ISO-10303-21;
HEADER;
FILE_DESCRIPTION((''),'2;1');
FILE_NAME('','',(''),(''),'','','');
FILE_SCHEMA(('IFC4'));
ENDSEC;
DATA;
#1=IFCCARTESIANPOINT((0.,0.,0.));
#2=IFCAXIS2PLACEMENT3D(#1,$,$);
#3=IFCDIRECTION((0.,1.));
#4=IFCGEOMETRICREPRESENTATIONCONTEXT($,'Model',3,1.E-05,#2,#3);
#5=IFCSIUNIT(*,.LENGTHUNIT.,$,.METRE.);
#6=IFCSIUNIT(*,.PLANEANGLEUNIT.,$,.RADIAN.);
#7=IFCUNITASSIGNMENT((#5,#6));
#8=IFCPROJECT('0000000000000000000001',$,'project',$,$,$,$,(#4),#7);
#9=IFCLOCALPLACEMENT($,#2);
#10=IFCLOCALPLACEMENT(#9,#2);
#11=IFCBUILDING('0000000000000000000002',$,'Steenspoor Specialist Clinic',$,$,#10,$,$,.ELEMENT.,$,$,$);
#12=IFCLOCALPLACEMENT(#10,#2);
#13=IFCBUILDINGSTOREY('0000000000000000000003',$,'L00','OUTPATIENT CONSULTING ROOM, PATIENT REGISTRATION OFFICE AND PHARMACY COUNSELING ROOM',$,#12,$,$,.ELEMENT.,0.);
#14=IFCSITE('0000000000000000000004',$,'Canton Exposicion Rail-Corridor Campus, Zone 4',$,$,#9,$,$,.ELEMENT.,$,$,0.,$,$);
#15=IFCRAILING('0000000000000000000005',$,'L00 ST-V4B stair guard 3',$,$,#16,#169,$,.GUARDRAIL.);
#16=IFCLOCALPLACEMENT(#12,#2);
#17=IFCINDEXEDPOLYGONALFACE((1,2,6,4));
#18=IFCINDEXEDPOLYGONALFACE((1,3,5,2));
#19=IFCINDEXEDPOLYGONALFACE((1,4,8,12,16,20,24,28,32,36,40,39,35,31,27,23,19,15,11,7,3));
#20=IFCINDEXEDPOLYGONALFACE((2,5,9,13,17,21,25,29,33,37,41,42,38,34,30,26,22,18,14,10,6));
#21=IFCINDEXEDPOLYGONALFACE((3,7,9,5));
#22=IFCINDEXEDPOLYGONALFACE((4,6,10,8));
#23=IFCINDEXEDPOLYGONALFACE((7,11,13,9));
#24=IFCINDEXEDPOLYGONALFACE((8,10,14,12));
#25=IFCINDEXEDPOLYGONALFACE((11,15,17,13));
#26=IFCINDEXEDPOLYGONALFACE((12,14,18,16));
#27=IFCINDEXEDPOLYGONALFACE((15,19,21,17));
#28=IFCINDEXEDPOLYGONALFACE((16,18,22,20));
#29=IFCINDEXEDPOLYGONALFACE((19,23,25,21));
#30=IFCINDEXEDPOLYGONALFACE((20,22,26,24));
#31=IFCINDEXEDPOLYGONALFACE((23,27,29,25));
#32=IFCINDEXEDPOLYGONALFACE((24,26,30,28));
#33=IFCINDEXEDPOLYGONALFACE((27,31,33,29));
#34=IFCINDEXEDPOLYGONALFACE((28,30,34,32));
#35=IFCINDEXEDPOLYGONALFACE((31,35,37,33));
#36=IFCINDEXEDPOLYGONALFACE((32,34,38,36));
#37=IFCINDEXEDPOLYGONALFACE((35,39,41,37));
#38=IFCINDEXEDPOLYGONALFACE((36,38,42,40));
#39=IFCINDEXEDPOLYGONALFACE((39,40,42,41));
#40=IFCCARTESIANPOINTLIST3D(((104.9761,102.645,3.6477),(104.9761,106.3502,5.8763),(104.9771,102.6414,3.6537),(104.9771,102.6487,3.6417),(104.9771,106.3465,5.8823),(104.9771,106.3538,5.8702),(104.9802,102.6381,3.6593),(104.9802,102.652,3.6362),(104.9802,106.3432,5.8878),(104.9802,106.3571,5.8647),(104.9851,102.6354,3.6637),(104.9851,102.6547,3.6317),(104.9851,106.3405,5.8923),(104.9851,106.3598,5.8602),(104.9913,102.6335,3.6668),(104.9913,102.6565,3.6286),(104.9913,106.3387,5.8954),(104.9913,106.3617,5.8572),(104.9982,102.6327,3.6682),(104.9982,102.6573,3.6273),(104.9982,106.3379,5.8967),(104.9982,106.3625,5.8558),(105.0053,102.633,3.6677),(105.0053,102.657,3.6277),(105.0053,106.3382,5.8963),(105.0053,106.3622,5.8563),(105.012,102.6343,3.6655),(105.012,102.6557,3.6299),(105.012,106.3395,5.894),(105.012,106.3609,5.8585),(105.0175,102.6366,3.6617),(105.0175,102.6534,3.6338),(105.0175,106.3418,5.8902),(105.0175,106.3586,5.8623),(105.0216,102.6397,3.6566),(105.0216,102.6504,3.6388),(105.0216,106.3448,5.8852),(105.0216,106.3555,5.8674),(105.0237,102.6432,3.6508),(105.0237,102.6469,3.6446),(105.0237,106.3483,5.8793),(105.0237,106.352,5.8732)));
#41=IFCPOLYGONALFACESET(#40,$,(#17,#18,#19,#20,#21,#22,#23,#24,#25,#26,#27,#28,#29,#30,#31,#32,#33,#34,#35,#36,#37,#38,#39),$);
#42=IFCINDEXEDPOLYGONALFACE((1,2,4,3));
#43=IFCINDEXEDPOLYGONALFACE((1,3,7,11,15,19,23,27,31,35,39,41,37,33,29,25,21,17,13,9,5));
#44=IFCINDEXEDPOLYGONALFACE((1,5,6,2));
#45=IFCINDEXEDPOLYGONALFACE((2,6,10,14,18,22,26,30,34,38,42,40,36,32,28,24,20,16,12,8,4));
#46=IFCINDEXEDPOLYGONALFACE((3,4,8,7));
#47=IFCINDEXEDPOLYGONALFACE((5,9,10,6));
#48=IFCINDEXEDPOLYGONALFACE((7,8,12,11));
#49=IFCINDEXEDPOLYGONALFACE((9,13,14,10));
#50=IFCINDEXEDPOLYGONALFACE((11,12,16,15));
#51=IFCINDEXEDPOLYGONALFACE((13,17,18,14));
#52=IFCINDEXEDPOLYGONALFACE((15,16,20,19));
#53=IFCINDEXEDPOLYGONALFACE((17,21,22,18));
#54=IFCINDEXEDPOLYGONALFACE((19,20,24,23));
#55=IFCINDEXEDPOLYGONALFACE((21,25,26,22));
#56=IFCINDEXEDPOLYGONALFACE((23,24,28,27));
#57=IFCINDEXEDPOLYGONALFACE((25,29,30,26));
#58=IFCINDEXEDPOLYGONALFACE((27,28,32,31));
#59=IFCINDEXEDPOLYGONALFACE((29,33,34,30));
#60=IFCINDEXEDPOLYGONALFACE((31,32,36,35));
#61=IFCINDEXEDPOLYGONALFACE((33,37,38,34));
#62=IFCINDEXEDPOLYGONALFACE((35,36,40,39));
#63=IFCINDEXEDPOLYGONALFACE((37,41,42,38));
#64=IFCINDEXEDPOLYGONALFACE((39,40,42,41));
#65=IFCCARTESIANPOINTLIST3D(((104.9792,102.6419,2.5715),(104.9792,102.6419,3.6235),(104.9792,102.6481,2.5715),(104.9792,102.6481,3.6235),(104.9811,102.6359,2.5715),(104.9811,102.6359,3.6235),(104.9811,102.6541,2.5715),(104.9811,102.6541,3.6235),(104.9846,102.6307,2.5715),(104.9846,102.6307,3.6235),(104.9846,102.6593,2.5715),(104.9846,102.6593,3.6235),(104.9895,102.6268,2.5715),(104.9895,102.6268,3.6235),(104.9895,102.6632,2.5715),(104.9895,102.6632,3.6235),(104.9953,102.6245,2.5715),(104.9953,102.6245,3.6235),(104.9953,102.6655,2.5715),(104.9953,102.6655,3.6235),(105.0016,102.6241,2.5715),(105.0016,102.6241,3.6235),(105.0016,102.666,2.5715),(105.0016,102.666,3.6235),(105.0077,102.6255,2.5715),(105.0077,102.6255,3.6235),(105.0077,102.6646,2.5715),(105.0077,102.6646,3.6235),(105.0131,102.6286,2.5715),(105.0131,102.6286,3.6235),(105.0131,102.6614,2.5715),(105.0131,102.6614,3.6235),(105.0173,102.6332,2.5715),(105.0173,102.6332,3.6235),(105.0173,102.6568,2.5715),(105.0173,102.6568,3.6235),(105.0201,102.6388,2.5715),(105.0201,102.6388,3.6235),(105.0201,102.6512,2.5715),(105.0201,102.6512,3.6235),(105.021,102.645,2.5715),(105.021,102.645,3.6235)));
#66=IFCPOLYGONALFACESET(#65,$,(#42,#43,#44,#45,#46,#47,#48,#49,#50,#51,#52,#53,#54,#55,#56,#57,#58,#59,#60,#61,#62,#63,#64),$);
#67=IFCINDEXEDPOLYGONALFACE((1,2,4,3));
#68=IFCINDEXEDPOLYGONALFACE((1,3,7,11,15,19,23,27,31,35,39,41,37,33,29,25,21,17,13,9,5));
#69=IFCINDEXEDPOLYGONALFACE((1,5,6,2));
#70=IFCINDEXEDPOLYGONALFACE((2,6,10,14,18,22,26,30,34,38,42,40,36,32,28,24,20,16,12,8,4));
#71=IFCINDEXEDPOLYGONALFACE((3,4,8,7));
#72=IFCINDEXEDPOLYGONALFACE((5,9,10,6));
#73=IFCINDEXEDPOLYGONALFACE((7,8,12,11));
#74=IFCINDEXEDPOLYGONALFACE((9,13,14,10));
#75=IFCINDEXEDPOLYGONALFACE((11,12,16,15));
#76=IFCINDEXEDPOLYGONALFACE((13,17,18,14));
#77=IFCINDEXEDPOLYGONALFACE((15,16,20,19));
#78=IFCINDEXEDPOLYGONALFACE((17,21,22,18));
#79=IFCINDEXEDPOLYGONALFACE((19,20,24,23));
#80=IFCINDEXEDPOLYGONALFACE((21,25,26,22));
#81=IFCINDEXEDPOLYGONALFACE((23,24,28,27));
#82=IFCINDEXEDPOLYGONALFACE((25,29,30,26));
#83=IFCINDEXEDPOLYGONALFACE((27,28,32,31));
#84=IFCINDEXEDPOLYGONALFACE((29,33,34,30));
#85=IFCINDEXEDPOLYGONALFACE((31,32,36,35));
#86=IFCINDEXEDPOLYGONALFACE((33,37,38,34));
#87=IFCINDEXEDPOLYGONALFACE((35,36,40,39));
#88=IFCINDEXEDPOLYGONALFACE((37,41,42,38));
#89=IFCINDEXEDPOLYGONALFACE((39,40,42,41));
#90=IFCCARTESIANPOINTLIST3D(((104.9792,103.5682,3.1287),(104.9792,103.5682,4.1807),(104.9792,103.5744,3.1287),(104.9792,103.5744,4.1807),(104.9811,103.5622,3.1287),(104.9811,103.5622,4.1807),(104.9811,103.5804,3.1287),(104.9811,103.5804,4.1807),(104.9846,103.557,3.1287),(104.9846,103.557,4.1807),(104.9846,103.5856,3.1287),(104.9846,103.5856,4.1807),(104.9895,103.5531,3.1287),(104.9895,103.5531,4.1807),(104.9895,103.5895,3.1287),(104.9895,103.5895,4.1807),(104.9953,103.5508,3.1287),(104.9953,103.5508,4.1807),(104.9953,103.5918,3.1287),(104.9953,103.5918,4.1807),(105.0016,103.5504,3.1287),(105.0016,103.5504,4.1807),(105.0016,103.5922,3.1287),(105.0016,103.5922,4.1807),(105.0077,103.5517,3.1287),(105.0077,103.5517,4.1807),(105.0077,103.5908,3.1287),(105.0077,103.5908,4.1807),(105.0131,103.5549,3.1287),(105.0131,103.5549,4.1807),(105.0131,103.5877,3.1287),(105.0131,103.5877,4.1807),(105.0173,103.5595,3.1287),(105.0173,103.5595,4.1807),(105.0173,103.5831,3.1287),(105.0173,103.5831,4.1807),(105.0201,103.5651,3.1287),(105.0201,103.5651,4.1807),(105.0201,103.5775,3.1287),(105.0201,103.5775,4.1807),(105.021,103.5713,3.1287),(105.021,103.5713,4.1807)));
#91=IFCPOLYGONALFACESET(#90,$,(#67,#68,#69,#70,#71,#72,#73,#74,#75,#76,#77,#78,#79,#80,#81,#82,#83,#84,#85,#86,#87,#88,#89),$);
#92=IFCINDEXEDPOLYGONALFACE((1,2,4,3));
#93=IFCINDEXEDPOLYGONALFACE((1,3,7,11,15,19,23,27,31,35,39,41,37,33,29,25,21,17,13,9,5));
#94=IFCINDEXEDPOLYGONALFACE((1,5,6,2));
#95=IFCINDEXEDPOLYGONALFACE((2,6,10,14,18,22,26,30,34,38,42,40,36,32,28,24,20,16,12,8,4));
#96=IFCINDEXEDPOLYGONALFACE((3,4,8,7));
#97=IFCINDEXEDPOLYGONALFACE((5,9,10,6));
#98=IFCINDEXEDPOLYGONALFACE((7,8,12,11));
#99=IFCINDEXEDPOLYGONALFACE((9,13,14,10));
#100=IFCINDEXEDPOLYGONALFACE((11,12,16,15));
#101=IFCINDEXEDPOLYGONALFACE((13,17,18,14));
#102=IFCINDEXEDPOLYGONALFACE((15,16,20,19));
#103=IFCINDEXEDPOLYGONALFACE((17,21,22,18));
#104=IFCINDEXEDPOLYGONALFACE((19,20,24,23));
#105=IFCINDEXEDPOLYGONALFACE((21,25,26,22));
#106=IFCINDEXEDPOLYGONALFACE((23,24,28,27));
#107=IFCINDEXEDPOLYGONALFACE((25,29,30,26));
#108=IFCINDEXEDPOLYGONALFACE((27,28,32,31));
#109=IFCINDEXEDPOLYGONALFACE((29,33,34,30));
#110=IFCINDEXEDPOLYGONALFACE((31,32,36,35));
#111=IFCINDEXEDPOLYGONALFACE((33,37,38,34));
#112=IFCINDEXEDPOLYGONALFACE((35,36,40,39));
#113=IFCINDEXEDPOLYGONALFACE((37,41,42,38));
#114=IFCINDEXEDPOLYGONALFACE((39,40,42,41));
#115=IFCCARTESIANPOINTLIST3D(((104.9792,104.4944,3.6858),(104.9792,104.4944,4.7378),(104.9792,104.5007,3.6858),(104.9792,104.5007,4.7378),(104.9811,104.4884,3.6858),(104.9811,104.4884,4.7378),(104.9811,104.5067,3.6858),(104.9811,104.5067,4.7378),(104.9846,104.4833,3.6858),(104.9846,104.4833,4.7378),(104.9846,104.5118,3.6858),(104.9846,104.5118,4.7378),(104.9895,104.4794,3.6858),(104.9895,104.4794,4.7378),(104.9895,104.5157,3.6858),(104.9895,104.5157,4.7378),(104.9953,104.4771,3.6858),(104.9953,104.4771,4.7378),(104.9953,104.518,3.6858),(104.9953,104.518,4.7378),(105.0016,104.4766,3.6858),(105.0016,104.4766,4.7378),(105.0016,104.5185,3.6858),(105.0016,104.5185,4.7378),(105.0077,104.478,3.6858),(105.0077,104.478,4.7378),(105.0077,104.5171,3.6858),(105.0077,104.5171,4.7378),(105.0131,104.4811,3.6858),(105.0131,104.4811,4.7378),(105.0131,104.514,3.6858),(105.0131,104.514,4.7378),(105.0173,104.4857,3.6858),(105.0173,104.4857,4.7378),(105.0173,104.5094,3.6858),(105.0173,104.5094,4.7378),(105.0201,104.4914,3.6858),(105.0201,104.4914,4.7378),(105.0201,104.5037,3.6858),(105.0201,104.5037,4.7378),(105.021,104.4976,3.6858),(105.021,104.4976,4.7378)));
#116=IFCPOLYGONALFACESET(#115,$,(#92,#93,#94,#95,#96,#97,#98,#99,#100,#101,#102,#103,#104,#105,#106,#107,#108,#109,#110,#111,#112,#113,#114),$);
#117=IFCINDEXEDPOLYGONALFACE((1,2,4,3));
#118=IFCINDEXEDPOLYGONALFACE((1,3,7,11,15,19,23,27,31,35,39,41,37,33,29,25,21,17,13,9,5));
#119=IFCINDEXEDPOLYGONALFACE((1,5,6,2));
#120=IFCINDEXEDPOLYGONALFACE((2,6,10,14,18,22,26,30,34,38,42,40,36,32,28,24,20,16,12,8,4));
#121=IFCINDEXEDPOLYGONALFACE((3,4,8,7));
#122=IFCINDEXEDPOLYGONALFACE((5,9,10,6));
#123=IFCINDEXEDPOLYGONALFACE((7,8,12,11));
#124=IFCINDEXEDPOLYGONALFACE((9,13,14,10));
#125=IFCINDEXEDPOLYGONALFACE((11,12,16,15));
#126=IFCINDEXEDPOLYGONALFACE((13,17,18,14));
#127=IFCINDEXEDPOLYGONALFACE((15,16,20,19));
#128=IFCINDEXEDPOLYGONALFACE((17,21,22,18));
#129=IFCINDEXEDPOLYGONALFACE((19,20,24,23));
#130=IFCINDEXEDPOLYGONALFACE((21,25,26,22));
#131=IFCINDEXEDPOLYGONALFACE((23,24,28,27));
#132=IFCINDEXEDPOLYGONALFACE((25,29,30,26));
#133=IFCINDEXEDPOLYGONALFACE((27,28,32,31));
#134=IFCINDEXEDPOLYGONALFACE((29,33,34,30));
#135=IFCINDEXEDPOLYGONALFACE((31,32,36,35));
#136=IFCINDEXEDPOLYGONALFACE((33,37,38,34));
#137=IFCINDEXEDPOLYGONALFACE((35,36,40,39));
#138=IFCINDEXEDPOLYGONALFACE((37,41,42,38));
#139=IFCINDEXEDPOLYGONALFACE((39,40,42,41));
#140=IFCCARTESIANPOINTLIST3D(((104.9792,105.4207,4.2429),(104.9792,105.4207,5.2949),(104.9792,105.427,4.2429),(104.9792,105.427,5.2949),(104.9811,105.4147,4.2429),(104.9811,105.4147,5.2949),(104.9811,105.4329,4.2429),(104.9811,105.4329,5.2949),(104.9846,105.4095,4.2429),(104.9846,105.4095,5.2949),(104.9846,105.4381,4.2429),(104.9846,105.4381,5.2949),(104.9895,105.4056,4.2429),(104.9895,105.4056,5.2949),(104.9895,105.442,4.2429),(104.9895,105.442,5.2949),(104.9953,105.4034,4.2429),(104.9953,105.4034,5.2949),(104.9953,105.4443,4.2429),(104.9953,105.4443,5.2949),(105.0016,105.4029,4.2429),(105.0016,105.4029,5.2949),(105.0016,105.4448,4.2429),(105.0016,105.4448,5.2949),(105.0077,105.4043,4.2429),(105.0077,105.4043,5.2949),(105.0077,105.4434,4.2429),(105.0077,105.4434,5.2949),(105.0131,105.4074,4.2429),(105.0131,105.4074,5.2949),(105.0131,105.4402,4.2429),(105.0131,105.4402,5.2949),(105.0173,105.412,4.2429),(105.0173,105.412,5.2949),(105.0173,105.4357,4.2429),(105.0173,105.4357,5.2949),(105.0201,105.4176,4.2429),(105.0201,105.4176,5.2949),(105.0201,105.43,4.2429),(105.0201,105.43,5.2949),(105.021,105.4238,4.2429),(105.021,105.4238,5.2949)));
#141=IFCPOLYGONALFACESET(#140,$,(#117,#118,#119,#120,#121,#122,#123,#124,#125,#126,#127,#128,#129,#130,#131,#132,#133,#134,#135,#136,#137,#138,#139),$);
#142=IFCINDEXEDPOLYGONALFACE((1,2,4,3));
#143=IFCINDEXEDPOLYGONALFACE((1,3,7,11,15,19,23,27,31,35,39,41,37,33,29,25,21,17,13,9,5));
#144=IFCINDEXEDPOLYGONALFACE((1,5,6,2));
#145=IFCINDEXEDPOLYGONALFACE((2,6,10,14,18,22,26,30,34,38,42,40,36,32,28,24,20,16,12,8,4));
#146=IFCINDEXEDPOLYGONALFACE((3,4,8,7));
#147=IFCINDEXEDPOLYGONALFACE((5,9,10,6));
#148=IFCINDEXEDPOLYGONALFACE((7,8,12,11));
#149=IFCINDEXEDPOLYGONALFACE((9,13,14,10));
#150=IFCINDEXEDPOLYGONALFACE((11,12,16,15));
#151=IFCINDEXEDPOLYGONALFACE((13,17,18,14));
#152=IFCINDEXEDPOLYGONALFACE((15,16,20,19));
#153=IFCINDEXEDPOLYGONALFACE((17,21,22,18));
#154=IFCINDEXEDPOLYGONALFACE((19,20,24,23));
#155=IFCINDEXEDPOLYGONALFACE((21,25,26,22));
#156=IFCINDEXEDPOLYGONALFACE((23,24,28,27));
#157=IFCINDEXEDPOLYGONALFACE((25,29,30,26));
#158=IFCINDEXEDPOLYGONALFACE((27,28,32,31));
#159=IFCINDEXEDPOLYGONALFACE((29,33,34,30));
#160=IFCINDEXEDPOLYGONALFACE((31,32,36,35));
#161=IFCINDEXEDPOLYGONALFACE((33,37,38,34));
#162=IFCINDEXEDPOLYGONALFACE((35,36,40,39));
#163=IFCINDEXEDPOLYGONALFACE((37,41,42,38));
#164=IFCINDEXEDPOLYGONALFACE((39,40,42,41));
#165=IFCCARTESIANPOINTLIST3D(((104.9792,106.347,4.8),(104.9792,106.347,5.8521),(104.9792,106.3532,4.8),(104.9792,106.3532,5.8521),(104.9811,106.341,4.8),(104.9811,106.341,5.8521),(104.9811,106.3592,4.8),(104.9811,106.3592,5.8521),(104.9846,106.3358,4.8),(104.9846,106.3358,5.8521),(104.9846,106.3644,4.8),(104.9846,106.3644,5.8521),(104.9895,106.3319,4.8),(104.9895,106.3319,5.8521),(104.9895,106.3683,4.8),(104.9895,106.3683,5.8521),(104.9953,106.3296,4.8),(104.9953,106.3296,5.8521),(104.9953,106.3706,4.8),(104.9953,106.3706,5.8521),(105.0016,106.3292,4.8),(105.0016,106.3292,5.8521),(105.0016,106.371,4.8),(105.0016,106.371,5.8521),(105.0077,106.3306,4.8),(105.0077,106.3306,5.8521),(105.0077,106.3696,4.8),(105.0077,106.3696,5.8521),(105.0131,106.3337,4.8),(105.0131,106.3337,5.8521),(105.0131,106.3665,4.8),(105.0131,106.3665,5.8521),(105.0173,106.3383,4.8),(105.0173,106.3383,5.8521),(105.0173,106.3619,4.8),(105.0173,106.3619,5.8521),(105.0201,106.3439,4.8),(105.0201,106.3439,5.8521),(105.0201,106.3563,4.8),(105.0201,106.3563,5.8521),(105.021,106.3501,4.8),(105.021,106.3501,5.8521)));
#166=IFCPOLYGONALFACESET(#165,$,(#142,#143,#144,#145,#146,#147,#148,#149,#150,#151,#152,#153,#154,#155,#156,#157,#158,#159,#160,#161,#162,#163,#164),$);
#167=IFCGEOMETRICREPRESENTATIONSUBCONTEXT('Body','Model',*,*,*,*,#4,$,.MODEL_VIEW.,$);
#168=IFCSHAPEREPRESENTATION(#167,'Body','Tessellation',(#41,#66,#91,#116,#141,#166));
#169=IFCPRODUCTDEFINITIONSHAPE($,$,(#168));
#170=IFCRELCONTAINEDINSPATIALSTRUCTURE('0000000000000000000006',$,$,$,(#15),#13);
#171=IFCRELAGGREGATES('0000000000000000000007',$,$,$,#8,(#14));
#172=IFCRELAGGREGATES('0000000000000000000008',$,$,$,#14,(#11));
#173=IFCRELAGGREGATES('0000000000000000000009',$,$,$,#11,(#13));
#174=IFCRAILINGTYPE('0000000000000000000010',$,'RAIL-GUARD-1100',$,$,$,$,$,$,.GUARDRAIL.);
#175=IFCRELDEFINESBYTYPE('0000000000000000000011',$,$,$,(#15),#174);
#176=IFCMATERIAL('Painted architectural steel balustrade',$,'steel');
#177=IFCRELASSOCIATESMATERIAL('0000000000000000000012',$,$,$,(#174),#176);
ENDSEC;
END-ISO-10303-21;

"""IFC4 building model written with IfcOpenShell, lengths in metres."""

from ifc_helpers import new_model, si_unit, direction, frame, origin, origin_2d, place, context, subcontext, project, spatial, circle, extrude, material, type_object, element, save


model = new_model("IFC4")

# Units and contexts
model_context = context("Model", 3, precision=1e-05, world=origin(), true_north=direction((0.0, 1.0)))
body_context = subcontext(model_context, "Body", "Model", "MODEL_VIEW")
ifc_project = project(units=[si_unit("LENGTHUNIT", "METRE"), si_unit("PLANEANGLEUNIT", "RADIAN")], contexts=[model_context])

# Site, building, storey
site_placement = place(None, origin())
site = spatial("IfcSite", under=ifc_project, at=site_placement, Name="Canton Exposicion Rail-Corridor Campus, Zone 4", CompositionType="ELEMENT", RefElevation=0.0)
building_placement = place(site_placement, origin())
building = spatial("IfcBuilding", under=site, at=building_placement, Name="Steenspoor Specialist Clinic", CompositionType="ELEMENT")
storey_placement = place(building_placement, origin())
storey = spatial("IfcBuildingStorey", under=building, at=storey_placement, Name="L00", Description="OUTPATIENT CONSULTING ROOM, PATIENT REGISTRATION OFFICE AND PHARMACY COUNSELING ROOM", CompositionType="ELEMENT", Elevation=0.0)

# Railing
ifc_material_1 = material(Name="Painted architectural steel balustrade", Category="steel")
railing_type_1 = type_object("IfcRailingType", Name="RAIL-GUARD-1100", PredefinedType="GUARDRAIL", material=ifc_material_1)
railing_1_placement = place(storey_placement, frame((105.0, 102.645, 2.5715)))
element("IfcRailing", 1, at=railing_1_placement, inside=storey, type_object=railing_type_1, Name="L00 ST-V4B stair guard 3", PredefinedType="GUARDRAIL", context=body_context, shape_type="SweptSolid", body=[
    extrude(circle(Radius=0.0239, at=origin_2d()), frame((0.0, 0.0, 1.0762), z_axis=(0.0, 0.856934, 0.515425), x_axis=(-1.0, 0.0, 0.0)), (0.0, 0.0, 1.0), 4.3237),
    extrude(circle(Radius=0.021, at=origin_2d()), origin(), (0.0, 0.0, 1.0), 1.052),
    extrude(circle(Radius=0.021, at=origin_2d()), frame((0.0, 0.9263, 0.5571)), (0.0, 0.0, 1.0), 1.052),
    extrude(circle(Radius=0.021, at=origin_2d()), frame((0.0, 1.8525, 1.1143)), (0.0, 0.0, 1.0), 1.052),
    extrude(circle(Radius=0.021, at=origin_2d()), frame((0.0, 2.7788, 1.6714)), (0.0, 0.0, 1.0), 1.052),
    extrude(circle(Radius=0.021, at=origin_2d()), frame((0.0, 3.7051, 2.2285)), (0.0, 0.0, 1.0), 1.052),
])

save(model, "model.ifc")
